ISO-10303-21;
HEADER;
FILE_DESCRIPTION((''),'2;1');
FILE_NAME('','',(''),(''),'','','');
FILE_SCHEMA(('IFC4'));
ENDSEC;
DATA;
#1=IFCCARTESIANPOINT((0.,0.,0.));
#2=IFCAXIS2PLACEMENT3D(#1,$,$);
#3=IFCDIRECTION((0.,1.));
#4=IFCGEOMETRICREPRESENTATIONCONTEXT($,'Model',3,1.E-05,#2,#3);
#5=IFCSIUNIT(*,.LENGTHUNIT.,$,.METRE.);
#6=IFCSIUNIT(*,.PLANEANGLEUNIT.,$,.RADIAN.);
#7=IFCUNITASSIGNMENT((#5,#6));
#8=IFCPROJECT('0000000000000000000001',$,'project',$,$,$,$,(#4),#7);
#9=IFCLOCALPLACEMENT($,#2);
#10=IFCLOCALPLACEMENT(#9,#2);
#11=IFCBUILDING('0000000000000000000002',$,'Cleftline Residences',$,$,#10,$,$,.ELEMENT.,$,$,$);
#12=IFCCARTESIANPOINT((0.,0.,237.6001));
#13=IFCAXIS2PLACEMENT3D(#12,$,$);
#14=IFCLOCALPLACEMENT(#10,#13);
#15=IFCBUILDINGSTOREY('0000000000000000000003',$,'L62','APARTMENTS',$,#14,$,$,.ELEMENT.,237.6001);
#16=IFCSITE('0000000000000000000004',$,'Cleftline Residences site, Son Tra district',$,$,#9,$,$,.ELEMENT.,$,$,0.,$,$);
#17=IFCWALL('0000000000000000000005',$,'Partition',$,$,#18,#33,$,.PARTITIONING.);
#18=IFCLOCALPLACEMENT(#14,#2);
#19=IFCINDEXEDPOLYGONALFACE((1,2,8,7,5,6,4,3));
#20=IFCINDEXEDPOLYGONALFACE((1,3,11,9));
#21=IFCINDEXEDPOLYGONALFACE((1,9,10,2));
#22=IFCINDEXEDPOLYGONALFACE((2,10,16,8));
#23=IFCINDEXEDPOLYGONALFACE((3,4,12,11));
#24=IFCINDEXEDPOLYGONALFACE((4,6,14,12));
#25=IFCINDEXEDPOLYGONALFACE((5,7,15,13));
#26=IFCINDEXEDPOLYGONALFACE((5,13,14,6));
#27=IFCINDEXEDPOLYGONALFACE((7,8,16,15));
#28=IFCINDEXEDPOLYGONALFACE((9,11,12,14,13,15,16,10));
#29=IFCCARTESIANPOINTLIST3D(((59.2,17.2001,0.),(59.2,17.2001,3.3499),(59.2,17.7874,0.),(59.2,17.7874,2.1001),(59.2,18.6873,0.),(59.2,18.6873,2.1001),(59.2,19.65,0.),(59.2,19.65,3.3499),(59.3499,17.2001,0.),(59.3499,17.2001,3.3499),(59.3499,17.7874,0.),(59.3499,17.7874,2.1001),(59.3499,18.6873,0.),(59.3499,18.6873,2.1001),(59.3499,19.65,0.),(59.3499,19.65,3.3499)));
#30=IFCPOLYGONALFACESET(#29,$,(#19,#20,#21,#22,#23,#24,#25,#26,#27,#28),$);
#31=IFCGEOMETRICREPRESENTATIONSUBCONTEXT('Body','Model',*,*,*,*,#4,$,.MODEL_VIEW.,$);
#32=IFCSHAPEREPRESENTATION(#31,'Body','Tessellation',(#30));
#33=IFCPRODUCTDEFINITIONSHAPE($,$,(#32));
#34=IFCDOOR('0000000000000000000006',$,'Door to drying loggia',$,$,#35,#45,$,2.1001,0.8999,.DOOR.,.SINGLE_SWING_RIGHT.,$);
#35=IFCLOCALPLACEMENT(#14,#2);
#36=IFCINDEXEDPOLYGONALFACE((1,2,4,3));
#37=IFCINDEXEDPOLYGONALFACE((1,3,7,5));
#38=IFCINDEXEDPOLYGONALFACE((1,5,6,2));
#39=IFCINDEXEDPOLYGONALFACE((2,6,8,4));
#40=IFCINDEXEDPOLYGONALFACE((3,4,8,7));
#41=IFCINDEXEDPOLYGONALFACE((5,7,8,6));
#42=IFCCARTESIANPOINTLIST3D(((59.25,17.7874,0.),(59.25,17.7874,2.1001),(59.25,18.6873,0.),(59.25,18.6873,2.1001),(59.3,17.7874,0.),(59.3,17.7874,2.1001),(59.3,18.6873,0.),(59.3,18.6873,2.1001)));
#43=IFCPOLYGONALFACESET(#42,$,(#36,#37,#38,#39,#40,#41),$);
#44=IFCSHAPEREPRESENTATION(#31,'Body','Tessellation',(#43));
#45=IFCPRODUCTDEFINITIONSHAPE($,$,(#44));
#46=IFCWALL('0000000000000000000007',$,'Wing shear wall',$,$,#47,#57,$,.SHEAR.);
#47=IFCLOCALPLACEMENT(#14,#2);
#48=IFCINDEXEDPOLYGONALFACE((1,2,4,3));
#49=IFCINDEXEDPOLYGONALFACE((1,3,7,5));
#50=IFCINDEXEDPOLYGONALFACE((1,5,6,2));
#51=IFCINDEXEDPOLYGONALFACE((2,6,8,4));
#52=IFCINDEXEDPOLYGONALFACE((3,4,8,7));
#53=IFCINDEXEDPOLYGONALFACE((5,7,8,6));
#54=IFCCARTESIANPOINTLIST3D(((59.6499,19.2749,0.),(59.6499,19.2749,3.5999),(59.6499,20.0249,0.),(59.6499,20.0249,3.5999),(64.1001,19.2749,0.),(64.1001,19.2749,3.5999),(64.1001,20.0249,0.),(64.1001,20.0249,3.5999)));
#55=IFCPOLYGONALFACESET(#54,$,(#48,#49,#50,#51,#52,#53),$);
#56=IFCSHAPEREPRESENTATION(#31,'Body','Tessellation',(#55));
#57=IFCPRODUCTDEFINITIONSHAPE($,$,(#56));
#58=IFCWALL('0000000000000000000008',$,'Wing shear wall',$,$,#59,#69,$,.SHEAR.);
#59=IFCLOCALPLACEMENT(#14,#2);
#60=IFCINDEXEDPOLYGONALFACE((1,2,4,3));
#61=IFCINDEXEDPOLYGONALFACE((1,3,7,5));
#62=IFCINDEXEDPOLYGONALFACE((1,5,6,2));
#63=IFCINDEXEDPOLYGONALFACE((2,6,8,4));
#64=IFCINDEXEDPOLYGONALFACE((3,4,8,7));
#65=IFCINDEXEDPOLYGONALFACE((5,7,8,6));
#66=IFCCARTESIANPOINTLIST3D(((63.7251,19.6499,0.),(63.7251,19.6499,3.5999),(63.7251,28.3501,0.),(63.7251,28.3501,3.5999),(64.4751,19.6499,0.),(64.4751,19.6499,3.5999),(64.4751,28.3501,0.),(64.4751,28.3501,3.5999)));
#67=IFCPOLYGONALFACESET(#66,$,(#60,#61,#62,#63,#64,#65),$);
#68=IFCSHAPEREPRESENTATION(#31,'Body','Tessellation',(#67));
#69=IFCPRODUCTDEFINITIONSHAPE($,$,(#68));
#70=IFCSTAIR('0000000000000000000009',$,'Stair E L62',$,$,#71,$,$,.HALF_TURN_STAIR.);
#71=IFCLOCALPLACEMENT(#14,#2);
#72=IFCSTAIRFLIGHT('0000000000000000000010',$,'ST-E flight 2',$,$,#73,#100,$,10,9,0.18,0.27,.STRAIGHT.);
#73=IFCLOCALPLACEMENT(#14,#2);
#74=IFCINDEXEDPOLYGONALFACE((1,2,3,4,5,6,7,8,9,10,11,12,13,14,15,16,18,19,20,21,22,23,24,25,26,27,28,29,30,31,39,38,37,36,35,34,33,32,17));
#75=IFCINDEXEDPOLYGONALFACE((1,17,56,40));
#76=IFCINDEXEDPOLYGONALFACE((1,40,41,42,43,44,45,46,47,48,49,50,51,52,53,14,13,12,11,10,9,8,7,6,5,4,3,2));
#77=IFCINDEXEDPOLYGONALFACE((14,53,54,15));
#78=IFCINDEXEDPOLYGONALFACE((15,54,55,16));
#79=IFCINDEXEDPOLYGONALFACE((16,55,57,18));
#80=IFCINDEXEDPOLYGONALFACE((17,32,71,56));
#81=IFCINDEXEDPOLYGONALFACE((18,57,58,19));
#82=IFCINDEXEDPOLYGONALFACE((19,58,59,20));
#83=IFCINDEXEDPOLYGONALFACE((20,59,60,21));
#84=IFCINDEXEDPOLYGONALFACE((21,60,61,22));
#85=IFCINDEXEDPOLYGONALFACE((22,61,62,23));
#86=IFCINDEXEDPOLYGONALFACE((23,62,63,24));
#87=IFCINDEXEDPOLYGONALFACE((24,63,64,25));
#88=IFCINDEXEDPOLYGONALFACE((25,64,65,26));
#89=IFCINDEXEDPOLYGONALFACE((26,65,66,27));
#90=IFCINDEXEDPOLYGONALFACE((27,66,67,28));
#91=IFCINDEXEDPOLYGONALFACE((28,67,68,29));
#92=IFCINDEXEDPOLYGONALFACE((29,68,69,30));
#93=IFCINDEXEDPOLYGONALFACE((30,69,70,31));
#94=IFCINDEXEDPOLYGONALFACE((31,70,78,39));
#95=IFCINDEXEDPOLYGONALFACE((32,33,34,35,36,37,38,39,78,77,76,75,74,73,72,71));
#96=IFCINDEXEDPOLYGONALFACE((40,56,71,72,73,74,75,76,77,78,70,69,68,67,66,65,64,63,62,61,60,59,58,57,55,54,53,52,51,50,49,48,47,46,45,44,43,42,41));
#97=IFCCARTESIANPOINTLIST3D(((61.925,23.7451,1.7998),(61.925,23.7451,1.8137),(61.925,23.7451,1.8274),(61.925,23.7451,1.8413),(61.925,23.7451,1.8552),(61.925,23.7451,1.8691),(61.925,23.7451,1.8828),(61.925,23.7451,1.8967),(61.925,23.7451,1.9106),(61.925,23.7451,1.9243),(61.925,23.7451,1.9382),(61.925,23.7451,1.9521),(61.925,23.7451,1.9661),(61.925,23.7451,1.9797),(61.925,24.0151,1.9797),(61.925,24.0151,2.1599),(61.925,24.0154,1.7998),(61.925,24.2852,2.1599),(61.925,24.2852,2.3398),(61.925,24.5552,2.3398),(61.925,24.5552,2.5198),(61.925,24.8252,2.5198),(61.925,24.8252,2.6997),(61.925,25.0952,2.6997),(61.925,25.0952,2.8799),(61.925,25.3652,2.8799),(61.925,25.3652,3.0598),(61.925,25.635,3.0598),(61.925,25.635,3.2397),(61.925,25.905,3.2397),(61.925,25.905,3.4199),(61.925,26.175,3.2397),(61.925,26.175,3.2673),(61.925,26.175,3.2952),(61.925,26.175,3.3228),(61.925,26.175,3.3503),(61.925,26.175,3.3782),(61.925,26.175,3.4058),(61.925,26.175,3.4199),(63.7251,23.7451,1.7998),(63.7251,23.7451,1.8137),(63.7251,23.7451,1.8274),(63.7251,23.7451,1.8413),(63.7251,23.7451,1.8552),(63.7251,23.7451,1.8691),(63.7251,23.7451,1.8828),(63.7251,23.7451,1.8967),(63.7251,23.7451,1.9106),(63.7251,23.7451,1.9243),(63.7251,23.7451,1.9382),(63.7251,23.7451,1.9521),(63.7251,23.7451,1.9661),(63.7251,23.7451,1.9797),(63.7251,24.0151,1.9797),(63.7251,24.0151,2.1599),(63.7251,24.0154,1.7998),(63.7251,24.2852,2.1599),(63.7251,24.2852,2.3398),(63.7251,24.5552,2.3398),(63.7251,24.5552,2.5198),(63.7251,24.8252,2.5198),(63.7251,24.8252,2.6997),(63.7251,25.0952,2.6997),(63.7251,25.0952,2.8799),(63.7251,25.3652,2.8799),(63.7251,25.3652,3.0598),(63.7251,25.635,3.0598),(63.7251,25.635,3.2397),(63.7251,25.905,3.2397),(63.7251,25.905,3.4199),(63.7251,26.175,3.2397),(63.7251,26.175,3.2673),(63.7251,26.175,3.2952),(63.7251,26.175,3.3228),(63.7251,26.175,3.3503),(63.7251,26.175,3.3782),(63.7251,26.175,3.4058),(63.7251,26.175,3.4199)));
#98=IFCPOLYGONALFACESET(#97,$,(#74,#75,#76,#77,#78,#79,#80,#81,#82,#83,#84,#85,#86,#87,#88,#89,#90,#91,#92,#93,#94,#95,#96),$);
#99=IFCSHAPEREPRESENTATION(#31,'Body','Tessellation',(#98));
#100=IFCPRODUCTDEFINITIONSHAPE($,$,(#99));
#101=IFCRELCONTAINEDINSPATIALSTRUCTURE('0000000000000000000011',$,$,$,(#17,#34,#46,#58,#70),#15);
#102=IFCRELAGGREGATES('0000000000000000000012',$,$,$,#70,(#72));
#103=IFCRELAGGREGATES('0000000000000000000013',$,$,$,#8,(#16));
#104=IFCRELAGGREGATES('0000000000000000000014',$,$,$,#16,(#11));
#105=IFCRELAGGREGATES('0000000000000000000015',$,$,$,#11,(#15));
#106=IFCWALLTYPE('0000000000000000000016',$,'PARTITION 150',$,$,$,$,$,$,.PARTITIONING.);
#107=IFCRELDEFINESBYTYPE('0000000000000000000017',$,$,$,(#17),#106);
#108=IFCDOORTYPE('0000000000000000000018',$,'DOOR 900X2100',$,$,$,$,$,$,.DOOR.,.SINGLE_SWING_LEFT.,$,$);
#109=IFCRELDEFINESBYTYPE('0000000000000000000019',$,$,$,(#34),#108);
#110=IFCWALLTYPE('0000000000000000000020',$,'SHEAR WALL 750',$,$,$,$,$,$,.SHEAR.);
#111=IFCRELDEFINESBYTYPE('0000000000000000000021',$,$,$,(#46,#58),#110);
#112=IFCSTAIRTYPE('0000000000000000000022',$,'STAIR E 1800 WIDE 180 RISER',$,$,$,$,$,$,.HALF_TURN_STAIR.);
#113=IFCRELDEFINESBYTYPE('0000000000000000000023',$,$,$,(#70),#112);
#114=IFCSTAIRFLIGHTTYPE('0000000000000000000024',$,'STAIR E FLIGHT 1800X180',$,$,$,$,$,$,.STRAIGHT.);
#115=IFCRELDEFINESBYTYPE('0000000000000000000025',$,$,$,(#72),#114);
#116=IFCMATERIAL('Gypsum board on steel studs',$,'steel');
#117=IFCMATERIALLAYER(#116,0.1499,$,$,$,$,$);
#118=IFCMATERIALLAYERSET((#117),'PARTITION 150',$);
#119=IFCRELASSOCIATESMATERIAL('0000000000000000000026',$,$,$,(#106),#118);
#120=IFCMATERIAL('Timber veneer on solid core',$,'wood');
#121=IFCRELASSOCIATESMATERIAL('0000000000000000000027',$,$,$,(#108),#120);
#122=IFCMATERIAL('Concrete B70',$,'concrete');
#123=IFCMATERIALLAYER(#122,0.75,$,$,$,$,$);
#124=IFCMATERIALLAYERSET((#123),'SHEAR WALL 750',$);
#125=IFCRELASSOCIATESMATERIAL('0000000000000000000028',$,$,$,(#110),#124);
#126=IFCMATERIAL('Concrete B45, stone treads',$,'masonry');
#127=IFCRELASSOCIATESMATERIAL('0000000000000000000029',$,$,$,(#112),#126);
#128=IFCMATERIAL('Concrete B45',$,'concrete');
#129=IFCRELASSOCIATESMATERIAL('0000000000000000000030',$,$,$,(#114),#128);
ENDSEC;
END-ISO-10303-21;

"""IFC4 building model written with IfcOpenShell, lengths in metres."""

from ifc_helpers import new_model, si_unit, direction, frame, frame_2d, origin, place, context, subcontext, project, spatial, polyline, rectangle, outline, extrude, material, layer, layer_set, type_object, element, fill, aggregate, save


model = new_model("IFC4")

# Units and contexts
model_context = context("Model", 3, precision=1e-05, world=origin(), true_north=direction((0.0, 1.0)))
body_context = subcontext(model_context, "Body", "Model", "MODEL_VIEW")
ifc_project = project(units=[si_unit("LENGTHUNIT", "METRE"), si_unit("PLANEANGLEUNIT", "RADIAN")], contexts=[model_context])

# Site, building, storey
site_placement = place(None, origin())
site = spatial("IfcSite", under=ifc_project, at=site_placement, Name="Cleftline Residences site, Son Tra district", CompositionType="ELEMENT", RefElevation=0.0)
building_placement = place(site_placement, origin())
building = spatial("IfcBuilding", under=site, at=building_placement, Name="Cleftline Residences", CompositionType="ELEMENT")
storey_placement = place(building_placement, frame((0.0, 0.0, 237.6001)))
storey = spatial("IfcBuildingStorey", under=building, at=storey_placement, Name="L62", Description="APARTMENTS", CompositionType="ELEMENT", Elevation=237.6001)

# Shared definitions
ifc_material_1 = material(Name="Gypsum board on steel studs", Category="steel")
ifc_layer_1 = layer(ifc_material_1, 0.1499)
ifc_layer_set_1 = layer_set([ifc_layer_1], Name="PARTITION 150")
wall_type_1 = type_object("IfcWallType", Name="PARTITION 150", PredefinedType="PARTITIONING", material=ifc_layer_set_1)

# Wall, opening, door
wall_1_placement = place(storey_placement, frame((59.2749, 17.2, 0.0), z_axis=(0.0, 0.0, 1.0), x_axis=(0.0, 1.0, 0.0)))
wall_1 = element("IfcWall", 1, at=wall_1_placement, inside=storey, type_object=wall_type_1, Name="Partition", PredefinedType="PARTITIONING", context=body_context, shape_type="SweptSolid", body=[
    extrude(rectangle(XDim=2.45, YDim=0.1499, at=frame_2d((1.2251, 0.0))), origin(), (0.0, 0.0, 1.0), 3.3499),
])
opening_1_placement = place(wall_1_placement, frame((0.5874, 0.0, 0.0)))
opening_1 = element("IfcOpeningElement", 2, at=opening_1_placement, cuts=wall_1, PredefinedType="OPENING", context=body_context, shape_type="SweptSolid", body=[
    extrude(rectangle(XDim=0.8999, YDim=2.1001, at=frame_2d((0.45, 1.05))), frame((0.0, 0.085, 0.0), z_axis=(0.0, -1.0, 0.0), x_axis=(1.0, 0.0, 0.0)), (0.0, 0.0, 1.0), 0.1699),
])
ifc_material_2 = material(Name="Timber veneer on solid core", Category="wood")
door_type_1 = type_object("IfcDoorType", Name="DOOR 900X2100", OperationType="SINGLE_SWING_LEFT", PredefinedType="DOOR", material=ifc_material_2)
door_1_placement = place(opening_1_placement, origin())
door_1 = element("IfcDoor", 3, at=door_1_placement, inside=storey, type_object=door_type_1, Name="Door to drying loggia", OperationType="SINGLE_SWING_RIGHT", OverallHeight=2.1001, OverallWidth=0.8999, PredefinedType="DOOR", context=body_context, shape_type="SweptSolid", body=[
    extrude(rectangle(XDim=0.8999, YDim=2.1001, at=frame_2d((0.45, 1.05))), frame((0.0, 0.0249, 0.0), z_axis=(0.0, -1.0, 0.0), x_axis=(1.0, 0.0, 0.0)), (0.0, 0.0, 1.0), 0.05),
])
fill(opening_1, door_1)

# Walls
ifc_material_3 = material(Name="Concrete B70", Category="concrete")
ifc_layer_2 = layer(ifc_material_3, 0.75)
ifc_layer_set_2 = layer_set([ifc_layer_2], Name="SHEAR WALL 750")
wall_type_2 = type_object("IfcWallType", Name="SHEAR WALL 750", PredefinedType="SHEAR", material=ifc_layer_set_2)
wall_2_placement = place(storey_placement, frame((59.6499, 19.6499, 0.0), z_axis=(0.0, 0.0, 1.0), x_axis=(1.0, 0.0, 0.0)))
element("IfcWall", 4, at=wall_2_placement, inside=storey, type_object=wall_type_2, Name="Wing shear wall", PredefinedType="SHEAR", context=body_context, shape_type="SweptSolid", body=[
    extrude(rectangle(XDim=4.4502, YDim=0.75, at=frame_2d((2.2251, 0.0))), origin(), (0.0, 0.0, 1.0), 3.5999),
])
wall_3_placement = place(storey_placement, frame((64.1001, 19.6499, 0.0), z_axis=(0.0, 0.0, 1.0), x_axis=(0.0, 1.0, 0.0)))
element("IfcWall", 5, at=wall_3_placement, inside=storey, type_object=wall_type_2, Name="Wing shear wall", PredefinedType="SHEAR", context=body_context, shape_type="SweptSolid", body=[
    extrude(rectangle(XDim=8.7002, YDim=0.75, at=frame_2d((4.3501, 0.0))), origin(), (0.0, 0.0, 1.0), 3.5999),
])

# Stair, stair flight
ifc_material_4 = material(Name="Concrete B45, stone treads", Category="masonry")
stair_type = type_object("IfcStairType", Name="STAIR E 1800 WIDE 180 RISER", PredefinedType="HALF_TURN_STAIR", material=ifc_material_4)
stair_placement = place(storey_placement, origin())
stair = element("IfcStair", 6, at=stair_placement, inside=storey, type_object=stair_type, Name="Stair E L62", PredefinedType="HALF_TURN_STAIR")
ifc_material_5 = material(Name="Concrete B45", Category="concrete")
stair_flight_type = type_object("IfcStairFlightType", Name="STAIR E FLIGHT 1800X180", PredefinedType="STRAIGHT", material=ifc_material_5)
stair_flight_placement = place(storey_placement, frame((62.825, 23.7451, 1.7998), z_axis=(0.0, 0.0, 1.0), x_axis=(0.0, 1.0, 0.0)))
stair_flight = element("IfcStairFlight", 7, at=stair_flight_placement, type_object=stair_flight_type, Name="ST-E flight 2", NumberOfRisers=10, NumberOfTreads=9, PredefinedType="STRAIGHT", RiserHeight=0.18, TreadLength=0.27, context=body_context, shape_type="SweptSolid", body=[
    extrude(outline(polyline([(0.0, 0.0), (0.0, 0.0139), (0.0, 0.0276), (0.0, 0.0415), (0.0, 0.0554), (0.0, 0.0693), (0.0, 0.083), (0.0, 0.0969), (0.0, 0.1108), (0.0, 0.1245), (0.0, 0.1384), (0.0, 0.1523), (0.0, 0.1663), (0.0, 0.1799), (0.27, 0.1799), (0.27, 0.3601), (0.54, 0.3601), (0.54, 0.54), (0.8101, 0.54), (0.8101, 0.72), (1.0801, 0.72), (1.0801, 0.8999), (1.3501, 0.8999), (1.3501, 1.0801), (1.6201, 1.0801), (1.6201, 1.26), (1.8899, 1.26), (1.8899, 1.4399), (2.1599, 1.4399), (2.1599, 1.6201), (2.4299, 1.6201), (2.4299, 1.8), (2.4299, 1.7722), (2.4299, 1.7446), (2.4299, 1.7168), (2.4299, 1.6892), (2.4299, 1.6614), (2.4299, 1.6338), (2.4299, 1.606), (2.4299, 1.5784), (2.4299, 1.5505), (2.4299, 1.5229), (2.4299, 1.4954), (2.4299, 1.4675), (2.4299, 1.4399), (0.2703, 0.0), (0.0, 0.0)])), frame((0.0, 0.8999, 0.0), z_axis=(0.0, -1.0, 0.0), x_axis=(1.0, 0.0, 0.0)), (0.0, 0.0, 1.0), 1.8),
])
aggregate(stair, [stair_flight])

save(model, "model.ifc")
